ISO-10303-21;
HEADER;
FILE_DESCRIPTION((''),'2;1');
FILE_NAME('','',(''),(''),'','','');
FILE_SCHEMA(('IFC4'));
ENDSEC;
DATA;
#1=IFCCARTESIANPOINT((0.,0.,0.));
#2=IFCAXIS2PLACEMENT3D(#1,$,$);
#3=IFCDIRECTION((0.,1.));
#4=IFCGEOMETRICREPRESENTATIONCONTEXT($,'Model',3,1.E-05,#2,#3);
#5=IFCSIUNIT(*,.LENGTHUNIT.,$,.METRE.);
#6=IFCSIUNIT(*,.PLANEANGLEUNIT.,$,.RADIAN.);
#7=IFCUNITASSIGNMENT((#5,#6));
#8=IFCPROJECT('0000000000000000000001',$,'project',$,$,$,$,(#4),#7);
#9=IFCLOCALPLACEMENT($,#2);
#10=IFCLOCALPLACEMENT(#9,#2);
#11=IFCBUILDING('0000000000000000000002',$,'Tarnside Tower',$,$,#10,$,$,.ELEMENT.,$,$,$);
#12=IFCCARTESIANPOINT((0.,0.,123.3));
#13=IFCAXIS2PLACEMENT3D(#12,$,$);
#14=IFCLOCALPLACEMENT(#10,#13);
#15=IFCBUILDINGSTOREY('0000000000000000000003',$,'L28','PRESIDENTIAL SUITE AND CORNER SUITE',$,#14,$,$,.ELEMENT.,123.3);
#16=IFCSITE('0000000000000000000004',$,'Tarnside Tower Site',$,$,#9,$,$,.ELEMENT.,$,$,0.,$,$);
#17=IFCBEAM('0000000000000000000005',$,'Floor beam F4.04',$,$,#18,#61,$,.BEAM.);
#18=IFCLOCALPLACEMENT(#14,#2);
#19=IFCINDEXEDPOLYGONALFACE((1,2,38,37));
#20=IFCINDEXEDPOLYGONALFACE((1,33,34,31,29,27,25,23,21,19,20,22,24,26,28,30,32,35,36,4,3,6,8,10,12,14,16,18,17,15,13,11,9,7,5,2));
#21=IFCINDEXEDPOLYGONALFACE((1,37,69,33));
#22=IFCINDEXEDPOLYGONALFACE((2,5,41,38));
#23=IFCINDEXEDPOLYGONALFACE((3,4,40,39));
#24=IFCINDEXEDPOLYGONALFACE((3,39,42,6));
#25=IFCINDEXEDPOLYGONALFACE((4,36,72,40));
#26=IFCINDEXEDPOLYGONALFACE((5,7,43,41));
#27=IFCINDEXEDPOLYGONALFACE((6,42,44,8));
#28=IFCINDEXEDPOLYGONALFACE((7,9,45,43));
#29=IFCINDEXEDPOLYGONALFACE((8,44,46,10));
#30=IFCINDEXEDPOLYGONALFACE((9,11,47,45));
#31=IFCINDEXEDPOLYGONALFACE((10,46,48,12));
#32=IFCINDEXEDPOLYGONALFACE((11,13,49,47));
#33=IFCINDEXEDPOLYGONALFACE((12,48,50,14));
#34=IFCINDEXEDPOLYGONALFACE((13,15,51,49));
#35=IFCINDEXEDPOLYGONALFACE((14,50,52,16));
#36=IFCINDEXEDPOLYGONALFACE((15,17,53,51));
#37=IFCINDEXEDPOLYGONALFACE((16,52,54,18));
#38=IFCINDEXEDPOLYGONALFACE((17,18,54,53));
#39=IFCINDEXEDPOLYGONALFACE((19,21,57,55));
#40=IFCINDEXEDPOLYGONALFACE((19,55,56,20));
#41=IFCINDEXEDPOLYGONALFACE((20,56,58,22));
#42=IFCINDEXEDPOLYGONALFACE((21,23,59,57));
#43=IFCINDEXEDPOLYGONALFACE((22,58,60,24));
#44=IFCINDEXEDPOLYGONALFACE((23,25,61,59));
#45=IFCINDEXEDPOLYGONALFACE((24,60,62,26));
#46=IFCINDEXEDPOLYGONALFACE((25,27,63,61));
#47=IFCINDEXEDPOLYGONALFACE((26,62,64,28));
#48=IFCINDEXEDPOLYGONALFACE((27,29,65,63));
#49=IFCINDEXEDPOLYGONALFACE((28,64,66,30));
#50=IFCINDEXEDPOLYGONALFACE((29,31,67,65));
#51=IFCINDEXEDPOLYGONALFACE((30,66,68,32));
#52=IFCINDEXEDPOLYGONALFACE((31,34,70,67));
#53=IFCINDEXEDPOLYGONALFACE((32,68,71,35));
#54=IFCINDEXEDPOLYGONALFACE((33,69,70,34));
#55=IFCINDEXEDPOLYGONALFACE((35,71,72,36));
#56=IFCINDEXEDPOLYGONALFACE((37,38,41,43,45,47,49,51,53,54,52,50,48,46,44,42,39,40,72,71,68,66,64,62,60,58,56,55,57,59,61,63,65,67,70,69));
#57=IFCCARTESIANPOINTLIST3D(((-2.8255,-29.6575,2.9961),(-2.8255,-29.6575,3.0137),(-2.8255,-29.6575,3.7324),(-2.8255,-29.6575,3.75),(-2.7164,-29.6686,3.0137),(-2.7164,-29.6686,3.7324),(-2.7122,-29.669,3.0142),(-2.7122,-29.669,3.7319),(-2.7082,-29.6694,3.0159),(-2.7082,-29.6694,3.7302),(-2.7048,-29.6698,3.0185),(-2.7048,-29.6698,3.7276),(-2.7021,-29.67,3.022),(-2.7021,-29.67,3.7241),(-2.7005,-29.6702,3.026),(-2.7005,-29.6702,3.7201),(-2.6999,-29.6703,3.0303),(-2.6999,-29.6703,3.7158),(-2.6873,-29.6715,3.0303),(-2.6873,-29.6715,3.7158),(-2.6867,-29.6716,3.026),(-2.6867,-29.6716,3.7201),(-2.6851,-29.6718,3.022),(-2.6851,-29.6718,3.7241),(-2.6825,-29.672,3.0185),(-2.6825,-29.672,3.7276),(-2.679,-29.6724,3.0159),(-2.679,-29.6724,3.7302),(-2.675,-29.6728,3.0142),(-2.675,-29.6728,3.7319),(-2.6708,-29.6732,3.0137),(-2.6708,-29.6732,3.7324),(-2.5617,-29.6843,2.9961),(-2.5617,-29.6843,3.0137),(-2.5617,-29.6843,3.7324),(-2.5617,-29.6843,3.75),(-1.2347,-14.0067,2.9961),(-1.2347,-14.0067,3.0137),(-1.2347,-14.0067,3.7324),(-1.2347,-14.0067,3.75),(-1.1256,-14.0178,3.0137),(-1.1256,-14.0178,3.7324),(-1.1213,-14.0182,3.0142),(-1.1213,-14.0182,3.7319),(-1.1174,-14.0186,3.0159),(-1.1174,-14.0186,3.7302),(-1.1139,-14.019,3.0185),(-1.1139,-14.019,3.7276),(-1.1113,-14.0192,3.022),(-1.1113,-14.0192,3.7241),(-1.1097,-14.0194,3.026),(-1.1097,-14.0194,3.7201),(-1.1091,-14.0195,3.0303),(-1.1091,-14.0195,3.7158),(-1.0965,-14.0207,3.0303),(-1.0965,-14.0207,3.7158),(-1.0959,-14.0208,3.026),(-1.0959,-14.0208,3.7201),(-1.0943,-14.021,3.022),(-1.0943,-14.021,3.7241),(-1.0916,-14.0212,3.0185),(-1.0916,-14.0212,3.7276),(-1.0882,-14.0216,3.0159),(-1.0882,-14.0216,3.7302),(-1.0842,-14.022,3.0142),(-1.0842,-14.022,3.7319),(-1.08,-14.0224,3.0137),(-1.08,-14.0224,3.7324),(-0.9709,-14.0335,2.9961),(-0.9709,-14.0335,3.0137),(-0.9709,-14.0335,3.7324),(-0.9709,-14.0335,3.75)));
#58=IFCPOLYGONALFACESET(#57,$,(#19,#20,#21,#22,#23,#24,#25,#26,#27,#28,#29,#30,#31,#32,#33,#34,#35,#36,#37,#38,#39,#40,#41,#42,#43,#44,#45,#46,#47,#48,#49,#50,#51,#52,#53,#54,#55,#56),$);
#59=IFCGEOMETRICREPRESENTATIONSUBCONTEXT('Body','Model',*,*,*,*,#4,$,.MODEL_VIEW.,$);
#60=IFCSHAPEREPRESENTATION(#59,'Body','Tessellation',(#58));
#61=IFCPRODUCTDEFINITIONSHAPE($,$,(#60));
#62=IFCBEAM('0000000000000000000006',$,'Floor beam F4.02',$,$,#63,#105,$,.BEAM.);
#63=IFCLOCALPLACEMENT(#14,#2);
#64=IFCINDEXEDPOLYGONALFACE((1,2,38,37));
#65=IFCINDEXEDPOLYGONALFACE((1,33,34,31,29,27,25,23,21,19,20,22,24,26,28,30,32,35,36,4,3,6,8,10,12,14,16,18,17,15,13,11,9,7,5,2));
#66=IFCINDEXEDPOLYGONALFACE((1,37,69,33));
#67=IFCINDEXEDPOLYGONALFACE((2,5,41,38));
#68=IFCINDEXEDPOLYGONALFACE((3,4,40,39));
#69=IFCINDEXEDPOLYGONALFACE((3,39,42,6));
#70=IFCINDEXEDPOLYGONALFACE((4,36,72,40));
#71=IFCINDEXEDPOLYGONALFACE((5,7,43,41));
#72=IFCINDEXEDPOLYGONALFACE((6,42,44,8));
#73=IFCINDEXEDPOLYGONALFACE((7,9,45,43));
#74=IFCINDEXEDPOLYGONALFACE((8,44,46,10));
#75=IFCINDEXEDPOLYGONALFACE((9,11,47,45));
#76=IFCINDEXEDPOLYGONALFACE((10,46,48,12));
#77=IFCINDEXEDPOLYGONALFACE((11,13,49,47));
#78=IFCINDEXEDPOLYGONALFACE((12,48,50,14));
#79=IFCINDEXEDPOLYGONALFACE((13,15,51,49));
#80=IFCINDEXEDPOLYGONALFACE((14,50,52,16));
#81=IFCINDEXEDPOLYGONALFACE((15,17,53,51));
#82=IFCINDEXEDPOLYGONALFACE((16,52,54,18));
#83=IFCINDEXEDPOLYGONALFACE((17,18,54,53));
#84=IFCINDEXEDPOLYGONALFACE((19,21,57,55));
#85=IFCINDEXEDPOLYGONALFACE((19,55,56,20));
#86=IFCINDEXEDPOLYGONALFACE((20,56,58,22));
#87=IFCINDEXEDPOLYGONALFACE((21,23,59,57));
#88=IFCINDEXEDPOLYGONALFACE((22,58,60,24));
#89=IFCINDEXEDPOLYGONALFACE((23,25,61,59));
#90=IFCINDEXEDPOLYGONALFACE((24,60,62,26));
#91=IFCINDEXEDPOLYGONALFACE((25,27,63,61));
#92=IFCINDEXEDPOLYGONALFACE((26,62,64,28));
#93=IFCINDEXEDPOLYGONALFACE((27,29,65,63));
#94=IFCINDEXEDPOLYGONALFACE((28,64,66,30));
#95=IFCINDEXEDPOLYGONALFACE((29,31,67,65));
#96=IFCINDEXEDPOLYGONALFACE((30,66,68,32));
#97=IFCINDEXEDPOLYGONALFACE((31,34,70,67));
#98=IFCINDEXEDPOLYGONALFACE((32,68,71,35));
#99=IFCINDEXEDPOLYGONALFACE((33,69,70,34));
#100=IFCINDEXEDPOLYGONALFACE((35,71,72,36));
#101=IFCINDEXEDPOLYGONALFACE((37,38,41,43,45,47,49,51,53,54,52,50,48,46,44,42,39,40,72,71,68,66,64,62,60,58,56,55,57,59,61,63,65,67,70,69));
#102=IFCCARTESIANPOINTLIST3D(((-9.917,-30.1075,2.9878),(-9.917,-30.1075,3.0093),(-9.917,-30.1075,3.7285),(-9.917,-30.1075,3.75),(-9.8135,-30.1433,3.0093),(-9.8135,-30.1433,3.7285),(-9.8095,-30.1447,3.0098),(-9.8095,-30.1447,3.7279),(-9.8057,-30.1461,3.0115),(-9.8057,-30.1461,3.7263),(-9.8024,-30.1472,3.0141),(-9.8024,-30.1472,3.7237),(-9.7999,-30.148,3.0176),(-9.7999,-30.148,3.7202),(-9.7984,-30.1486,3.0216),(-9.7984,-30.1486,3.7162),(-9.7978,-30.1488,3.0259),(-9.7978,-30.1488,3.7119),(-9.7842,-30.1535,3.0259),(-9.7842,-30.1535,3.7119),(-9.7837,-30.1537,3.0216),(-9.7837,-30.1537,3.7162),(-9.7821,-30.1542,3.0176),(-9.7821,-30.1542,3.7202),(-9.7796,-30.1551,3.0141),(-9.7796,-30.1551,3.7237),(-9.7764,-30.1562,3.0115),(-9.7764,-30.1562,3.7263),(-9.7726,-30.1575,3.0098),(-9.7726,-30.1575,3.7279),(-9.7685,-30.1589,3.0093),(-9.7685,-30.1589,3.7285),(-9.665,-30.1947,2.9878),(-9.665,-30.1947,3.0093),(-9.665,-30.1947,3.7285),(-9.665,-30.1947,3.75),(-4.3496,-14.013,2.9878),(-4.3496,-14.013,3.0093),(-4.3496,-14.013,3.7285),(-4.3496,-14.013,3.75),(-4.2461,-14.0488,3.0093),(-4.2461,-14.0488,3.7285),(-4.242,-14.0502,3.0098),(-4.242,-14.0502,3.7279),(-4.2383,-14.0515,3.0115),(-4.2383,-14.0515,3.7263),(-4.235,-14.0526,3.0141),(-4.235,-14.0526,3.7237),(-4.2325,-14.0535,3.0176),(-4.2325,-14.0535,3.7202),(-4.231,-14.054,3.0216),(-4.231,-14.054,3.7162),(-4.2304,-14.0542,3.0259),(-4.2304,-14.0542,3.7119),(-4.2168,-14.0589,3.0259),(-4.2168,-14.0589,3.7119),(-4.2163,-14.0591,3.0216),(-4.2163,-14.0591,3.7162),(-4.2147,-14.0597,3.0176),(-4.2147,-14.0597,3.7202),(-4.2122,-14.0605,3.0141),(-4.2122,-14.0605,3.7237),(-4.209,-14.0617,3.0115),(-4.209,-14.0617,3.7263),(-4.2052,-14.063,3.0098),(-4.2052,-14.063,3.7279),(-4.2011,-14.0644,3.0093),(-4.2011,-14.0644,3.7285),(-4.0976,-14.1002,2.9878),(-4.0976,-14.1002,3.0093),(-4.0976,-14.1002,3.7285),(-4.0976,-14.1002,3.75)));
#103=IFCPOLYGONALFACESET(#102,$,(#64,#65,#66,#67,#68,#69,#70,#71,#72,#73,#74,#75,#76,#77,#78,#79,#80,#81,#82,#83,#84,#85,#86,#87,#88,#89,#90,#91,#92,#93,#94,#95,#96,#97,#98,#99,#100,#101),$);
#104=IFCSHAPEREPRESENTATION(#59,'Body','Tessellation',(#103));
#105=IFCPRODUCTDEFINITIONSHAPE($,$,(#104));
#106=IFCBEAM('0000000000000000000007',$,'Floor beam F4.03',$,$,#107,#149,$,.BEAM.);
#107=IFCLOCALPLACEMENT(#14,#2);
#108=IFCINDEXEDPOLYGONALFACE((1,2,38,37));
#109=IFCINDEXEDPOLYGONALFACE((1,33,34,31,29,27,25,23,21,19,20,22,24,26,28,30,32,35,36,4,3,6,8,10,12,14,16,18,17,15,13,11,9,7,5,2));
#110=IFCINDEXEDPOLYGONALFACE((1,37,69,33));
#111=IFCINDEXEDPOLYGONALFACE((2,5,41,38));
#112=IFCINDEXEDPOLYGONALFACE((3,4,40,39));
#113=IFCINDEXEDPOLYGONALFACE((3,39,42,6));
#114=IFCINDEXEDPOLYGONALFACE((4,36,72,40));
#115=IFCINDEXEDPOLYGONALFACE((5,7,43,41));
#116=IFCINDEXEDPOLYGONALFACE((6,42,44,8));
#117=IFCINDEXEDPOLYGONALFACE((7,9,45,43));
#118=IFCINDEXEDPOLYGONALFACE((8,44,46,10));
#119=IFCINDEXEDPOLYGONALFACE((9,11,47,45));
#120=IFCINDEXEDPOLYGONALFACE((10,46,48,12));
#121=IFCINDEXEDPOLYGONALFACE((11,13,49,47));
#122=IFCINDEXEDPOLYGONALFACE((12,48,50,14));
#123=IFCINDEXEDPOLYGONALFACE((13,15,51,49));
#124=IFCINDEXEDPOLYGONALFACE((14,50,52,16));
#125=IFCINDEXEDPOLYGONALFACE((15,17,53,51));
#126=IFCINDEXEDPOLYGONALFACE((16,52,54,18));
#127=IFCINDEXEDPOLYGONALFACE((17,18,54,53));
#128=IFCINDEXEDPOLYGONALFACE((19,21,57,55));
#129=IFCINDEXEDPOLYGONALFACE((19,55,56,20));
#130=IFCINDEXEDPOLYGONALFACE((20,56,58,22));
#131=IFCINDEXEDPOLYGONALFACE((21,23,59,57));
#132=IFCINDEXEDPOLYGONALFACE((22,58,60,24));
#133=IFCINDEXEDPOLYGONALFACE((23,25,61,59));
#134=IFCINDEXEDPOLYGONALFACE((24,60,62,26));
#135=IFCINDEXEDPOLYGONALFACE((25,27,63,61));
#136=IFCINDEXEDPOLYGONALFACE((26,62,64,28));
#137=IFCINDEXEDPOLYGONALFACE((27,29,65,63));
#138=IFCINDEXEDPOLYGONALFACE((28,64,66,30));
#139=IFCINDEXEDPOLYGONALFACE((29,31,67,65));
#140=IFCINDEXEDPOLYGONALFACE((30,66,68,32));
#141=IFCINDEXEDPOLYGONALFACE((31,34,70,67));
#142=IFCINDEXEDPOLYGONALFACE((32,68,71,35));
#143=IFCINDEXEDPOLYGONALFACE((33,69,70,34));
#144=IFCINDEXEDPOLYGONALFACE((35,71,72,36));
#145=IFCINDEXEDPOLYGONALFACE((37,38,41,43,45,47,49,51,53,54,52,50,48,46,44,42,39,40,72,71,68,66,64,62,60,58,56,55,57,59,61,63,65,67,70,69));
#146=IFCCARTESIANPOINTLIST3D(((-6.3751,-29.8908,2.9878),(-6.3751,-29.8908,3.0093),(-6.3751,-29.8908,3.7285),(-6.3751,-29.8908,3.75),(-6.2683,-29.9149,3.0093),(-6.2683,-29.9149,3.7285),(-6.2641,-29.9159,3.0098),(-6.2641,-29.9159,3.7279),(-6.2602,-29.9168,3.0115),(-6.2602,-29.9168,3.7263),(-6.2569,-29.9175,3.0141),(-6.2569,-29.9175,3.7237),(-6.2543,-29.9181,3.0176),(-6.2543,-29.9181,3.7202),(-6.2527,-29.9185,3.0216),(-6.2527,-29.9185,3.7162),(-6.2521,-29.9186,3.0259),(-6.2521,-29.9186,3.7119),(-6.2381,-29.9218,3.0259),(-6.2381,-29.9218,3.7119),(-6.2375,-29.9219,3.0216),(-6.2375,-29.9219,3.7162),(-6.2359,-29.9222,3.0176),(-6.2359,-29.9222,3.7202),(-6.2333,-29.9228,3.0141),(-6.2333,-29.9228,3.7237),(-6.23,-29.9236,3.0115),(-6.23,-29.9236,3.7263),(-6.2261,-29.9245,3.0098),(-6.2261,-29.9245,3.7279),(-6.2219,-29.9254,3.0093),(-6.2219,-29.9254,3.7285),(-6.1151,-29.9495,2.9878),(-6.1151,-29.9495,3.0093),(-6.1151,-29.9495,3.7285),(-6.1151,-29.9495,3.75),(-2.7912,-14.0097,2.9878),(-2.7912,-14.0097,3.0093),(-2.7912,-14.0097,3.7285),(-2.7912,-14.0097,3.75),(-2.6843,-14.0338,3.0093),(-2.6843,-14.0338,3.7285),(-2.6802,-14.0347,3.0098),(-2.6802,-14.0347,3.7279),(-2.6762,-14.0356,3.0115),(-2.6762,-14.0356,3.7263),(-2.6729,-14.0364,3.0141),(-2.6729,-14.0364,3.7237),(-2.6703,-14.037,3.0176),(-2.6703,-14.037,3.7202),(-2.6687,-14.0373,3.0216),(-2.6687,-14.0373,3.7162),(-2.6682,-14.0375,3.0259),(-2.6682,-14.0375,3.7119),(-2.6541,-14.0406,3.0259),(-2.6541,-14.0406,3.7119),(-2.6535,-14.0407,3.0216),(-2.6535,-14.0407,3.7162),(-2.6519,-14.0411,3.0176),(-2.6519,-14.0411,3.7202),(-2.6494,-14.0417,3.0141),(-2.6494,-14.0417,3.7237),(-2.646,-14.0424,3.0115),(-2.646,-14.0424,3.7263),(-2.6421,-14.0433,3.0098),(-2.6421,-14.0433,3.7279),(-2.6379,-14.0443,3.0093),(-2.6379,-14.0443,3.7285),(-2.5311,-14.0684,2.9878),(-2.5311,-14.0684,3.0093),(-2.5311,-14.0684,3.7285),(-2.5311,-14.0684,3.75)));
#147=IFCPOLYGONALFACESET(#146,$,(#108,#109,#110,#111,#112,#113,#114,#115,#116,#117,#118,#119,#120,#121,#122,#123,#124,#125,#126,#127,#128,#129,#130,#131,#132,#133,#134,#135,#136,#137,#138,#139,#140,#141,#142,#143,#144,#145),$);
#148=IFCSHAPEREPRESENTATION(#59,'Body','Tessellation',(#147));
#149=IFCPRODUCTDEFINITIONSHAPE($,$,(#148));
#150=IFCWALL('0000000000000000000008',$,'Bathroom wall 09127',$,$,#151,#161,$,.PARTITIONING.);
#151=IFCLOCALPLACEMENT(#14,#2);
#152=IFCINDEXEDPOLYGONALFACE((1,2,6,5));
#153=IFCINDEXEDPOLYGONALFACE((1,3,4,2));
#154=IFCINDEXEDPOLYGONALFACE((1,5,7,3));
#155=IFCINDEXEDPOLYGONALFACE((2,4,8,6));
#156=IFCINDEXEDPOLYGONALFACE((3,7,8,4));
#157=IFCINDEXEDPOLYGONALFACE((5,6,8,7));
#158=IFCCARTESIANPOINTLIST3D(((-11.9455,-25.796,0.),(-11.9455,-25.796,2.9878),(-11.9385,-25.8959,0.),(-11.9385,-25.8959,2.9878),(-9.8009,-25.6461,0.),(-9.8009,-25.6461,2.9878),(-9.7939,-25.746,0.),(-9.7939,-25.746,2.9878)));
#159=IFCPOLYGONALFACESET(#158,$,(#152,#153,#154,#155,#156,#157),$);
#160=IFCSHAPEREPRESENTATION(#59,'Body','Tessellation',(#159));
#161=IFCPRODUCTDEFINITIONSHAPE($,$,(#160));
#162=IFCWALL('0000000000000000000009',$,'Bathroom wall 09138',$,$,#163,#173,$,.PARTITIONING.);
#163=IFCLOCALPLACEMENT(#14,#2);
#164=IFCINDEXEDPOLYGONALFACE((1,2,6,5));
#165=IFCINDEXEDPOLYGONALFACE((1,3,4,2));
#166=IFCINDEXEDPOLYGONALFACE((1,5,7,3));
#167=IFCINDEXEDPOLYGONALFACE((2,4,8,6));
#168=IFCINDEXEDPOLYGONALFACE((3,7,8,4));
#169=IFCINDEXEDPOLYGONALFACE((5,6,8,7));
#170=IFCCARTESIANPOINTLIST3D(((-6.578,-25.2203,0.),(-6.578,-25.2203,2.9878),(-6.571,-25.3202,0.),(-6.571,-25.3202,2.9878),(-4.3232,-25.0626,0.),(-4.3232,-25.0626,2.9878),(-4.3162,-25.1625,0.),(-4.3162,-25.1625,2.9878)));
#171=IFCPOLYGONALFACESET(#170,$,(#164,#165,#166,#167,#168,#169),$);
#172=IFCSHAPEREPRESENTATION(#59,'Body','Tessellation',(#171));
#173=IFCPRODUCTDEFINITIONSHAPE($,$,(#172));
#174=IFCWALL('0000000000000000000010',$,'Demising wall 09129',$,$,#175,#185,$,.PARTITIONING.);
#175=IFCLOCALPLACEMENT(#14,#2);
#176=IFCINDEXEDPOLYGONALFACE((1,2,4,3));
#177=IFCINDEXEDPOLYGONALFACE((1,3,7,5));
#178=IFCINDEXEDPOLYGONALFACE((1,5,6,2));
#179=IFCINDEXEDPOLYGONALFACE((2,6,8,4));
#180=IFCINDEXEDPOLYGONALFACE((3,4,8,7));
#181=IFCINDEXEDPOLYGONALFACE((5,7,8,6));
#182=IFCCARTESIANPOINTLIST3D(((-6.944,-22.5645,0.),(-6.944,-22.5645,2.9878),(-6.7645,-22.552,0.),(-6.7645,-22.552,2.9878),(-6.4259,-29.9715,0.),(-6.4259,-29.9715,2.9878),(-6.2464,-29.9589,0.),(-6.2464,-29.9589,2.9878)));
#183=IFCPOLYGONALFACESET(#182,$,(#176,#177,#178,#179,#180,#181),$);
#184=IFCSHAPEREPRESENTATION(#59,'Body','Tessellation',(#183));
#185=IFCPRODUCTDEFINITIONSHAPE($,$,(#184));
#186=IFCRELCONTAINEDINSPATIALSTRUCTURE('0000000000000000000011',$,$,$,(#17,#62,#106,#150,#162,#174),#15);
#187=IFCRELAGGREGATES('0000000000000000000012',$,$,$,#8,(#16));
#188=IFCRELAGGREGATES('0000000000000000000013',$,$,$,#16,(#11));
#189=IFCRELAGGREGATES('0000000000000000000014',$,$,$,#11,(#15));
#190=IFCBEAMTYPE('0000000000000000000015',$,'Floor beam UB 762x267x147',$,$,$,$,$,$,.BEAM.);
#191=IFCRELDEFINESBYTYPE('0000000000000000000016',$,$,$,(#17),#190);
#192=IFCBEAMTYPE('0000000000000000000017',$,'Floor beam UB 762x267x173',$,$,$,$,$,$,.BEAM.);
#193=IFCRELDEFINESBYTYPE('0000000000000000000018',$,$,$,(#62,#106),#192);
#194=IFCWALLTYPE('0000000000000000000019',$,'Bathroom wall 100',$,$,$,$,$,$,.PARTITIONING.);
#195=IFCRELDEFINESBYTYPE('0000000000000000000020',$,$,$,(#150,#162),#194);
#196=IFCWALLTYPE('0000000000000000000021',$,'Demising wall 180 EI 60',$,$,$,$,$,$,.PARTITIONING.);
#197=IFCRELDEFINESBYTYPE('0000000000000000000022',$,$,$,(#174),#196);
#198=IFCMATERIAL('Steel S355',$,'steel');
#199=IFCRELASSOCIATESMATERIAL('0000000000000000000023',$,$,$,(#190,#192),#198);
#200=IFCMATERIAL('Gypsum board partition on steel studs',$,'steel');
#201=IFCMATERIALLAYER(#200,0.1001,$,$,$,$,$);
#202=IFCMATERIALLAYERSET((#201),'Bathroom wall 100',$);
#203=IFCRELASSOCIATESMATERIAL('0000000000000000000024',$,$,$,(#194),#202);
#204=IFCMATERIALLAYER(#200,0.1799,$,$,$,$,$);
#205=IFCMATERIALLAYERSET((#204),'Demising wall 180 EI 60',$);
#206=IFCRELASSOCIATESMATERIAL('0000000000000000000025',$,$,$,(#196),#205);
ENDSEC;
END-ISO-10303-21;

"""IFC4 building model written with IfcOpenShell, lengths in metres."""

from ifc_helpers import new_model, si_unit, direction, frame, frame_2d, origin, origin_2d, place, context, subcontext, project, spatial, rectangle, i_section, extrude, material, layer, layer_set, material_profile, profile_set, type_object, element, save


model = new_model("IFC4")

# Units and contexts
model_context = context("Model", 3, precision=1e-05, world=origin(), true_north=direction((0.0, 1.0)))
body_context = subcontext(model_context, "Body", "Model", "MODEL_VIEW")
ifc_project = project(units=[si_unit("LENGTHUNIT", "METRE"), si_unit("PLANEANGLEUNIT", "RADIAN")], contexts=[model_context])

# Site, building, storey
site_placement = place(None, origin())
site = spatial("IfcSite", under=ifc_project, at=site_placement, Name="Tarnside Tower Site", CompositionType="ELEMENT", RefElevation=0.0)
building_placement = place(site_placement, origin())
building = spatial("IfcBuilding", under=site, at=building_placement, Name="Tarnside Tower", CompositionType="ELEMENT")
storey_placement = place(building_placement, frame((0.0, 0.0, 123.3)))
storey = spatial("IfcBuildingStorey", under=building, at=storey_placement, Name="L28", Description="PRESIDENTIAL SUITE AND CORNER SUITE", CompositionType="ELEMENT", Elevation=123.3)

# Beams
ifc_material_1 = material(Name="Steel S355", Category="steel")
ifc_material_profile_1 = material_profile(ifc_material_1, i_section(OverallWidth=0.2651, OverallDepth=0.7539, WebThickness=0.0127, FlangeThickness=0.0176, FilletRadius=0.0166, at=origin_2d()), Name="UB 762x267x147")
ifc_profile_set_1 = profile_set([ifc_material_profile_1], Name="Steel S355")
beam_type_1 = type_object("IfcBeamType", Name="Floor beam UB 762x267x147", PredefinedType="BEAM", material=ifc_profile_set_1)
beam_1_placement = place(storey_placement, frame((-2.6936, -29.6709, 3.373), z_axis=(0.101123, 0.994874, 0.0), x_axis=(-0.994874, 0.101123, 0.0)))
element("IfcBeam", 1, at=beam_1_placement, inside=storey, type_object=beam_type_1, Name="Floor beam F4.04", PredefinedType="BEAM", context=body_context, shape_type="SweptSolid", body=[
    extrude(i_section(OverallWidth=0.2651, OverallDepth=0.7539, WebThickness=0.0127, FlangeThickness=0.0176, FilletRadius=0.0166, at=origin_2d()), origin(), (0.0, 0.0, 1.0), 15.7314),
])
ifc_material_profile_2 = material_profile(ifc_material_1, i_section(OverallWidth=0.2666, OverallDepth=0.7622, WebThickness=0.0144, FlangeThickness=0.0215, FilletRadius=0.0166, at=origin_2d()), Name="UB 762x267x173")
ifc_profile_set_2 = profile_set([ifc_material_profile_2], Name="Steel S355")
beam_type_2 = type_object("IfcBeamType", Name="Floor beam UB 762x267x173", PredefinedType="BEAM", material=ifc_profile_set_2)
beam_2_placement = place(storey_placement, frame((-9.791, -30.1511, 3.3689), z_axis=(0.326912, 0.945055, 0.0), x_axis=(-0.945055, 0.326912, 0.0)))
element("IfcBeam", 2, at=beam_2_placement, inside=storey, type_object=beam_type_2, Name="Floor beam F4.02", PredefinedType="BEAM", context=body_context, shape_type="SweptSolid", body=[
    extrude(i_section(OverallWidth=0.2666, OverallDepth=0.7622, WebThickness=0.0144, FlangeThickness=0.0215, FilletRadius=0.0166, at=origin_2d()), origin(), (0.0, 0.0, 1.0), 17.0303),
])
beam_3_placement = place(storey_placement, frame((-6.2451, -29.9202, 3.3689), z_axis=(0.22014, 0.975468, 0.0), x_axis=(-0.975468, 0.22014, 0.0)))
element("IfcBeam", 3, at=beam_3_placement, inside=storey, type_object=beam_type_2, Name="Floor beam F4.03", PredefinedType="BEAM", context=body_context, shape_type="SweptSolid", body=[
    extrude(i_section(OverallWidth=0.2666, OverallDepth=0.7622, WebThickness=0.0144, FlangeThickness=0.0215, FilletRadius=0.0166, at=origin_2d()), origin(), (0.0, 0.0, 1.0), 16.2805),
])

# Walls
ifc_material_2 = material(Name="Gypsum board partition on steel studs", Category="steel")
ifc_layer_1 = layer(ifc_material_2, 0.1001)
ifc_layer_set_1 = layer_set([ifc_layer_1], Name="Bathroom wall 100")
wall_type_1 = type_object("IfcWallType", Name="Bathroom wall 100", PredefinedType="PARTITIONING", material=ifc_layer_set_1)
wall_1_placement = place(storey_placement, frame((-9.7974, -25.696, 0.0), z_axis=(0.0, 0.0, 1.0), x_axis=(-0.997566, -0.069722, 0.0)))
element("IfcWall", 4, at=wall_1_placement, inside=storey, type_object=wall_type_1, Name="Bathroom wall 09127", PredefinedType="PARTITIONING", context=body_context, shape_type="SweptSolid", body=[
    extrude(rectangle(XDim=2.1499, YDim=0.1001, at=frame_2d((1.075, 0.0))), origin(), (0.0, 0.0, 1.0), 2.9878),
])
wall_2_placement = place(storey_placement, frame((-6.5745, -25.2703, 0.0), z_axis=(0.0, 0.0, 1.0), x_axis=(0.997562, 0.069781, 0.0)))
element("IfcWall", 5, at=wall_2_placement, inside=storey, type_object=wall_type_1, Name="Bathroom wall 09138", PredefinedType="PARTITIONING", context=body_context, shape_type="SweptSolid", body=[
    extrude(rectangle(XDim=2.2603, YDim=0.1001, at=frame_2d((1.1301, 0.0))), origin(), (0.0, 0.0, 1.0), 2.9878),
])
ifc_layer_2 = layer(ifc_material_2, 0.1799)
ifc_layer_set_2 = layer_set([ifc_layer_2], Name="Demising wall 180 EI 60")
wall_type_2 = type_object("IfcWallType", Name="Demising wall 180 EI 60", PredefinedType="PARTITIONING", material=ifc_layer_set_2)
wall_3_placement = place(storey_placement, frame((-6.3362, -29.9651, 0.0), z_axis=(0.0, 0.0, 1.0), x_axis=(-0.069773, 0.997563, 0.0)))
element("IfcWall", 6, at=wall_3_placement, inside=storey, type_object=wall_type_2, Name="Demising wall 09129", PredefinedType="PARTITIONING", context=body_context, shape_type="SweptSolid", body=[
    extrude(rectangle(XDim=7.425, YDim=0.1799, at=frame_2d((3.7124, 0.0))), origin(), (0.0, 0.0, 1.0), 2.9878),
])

save(model, "model.ifc")
